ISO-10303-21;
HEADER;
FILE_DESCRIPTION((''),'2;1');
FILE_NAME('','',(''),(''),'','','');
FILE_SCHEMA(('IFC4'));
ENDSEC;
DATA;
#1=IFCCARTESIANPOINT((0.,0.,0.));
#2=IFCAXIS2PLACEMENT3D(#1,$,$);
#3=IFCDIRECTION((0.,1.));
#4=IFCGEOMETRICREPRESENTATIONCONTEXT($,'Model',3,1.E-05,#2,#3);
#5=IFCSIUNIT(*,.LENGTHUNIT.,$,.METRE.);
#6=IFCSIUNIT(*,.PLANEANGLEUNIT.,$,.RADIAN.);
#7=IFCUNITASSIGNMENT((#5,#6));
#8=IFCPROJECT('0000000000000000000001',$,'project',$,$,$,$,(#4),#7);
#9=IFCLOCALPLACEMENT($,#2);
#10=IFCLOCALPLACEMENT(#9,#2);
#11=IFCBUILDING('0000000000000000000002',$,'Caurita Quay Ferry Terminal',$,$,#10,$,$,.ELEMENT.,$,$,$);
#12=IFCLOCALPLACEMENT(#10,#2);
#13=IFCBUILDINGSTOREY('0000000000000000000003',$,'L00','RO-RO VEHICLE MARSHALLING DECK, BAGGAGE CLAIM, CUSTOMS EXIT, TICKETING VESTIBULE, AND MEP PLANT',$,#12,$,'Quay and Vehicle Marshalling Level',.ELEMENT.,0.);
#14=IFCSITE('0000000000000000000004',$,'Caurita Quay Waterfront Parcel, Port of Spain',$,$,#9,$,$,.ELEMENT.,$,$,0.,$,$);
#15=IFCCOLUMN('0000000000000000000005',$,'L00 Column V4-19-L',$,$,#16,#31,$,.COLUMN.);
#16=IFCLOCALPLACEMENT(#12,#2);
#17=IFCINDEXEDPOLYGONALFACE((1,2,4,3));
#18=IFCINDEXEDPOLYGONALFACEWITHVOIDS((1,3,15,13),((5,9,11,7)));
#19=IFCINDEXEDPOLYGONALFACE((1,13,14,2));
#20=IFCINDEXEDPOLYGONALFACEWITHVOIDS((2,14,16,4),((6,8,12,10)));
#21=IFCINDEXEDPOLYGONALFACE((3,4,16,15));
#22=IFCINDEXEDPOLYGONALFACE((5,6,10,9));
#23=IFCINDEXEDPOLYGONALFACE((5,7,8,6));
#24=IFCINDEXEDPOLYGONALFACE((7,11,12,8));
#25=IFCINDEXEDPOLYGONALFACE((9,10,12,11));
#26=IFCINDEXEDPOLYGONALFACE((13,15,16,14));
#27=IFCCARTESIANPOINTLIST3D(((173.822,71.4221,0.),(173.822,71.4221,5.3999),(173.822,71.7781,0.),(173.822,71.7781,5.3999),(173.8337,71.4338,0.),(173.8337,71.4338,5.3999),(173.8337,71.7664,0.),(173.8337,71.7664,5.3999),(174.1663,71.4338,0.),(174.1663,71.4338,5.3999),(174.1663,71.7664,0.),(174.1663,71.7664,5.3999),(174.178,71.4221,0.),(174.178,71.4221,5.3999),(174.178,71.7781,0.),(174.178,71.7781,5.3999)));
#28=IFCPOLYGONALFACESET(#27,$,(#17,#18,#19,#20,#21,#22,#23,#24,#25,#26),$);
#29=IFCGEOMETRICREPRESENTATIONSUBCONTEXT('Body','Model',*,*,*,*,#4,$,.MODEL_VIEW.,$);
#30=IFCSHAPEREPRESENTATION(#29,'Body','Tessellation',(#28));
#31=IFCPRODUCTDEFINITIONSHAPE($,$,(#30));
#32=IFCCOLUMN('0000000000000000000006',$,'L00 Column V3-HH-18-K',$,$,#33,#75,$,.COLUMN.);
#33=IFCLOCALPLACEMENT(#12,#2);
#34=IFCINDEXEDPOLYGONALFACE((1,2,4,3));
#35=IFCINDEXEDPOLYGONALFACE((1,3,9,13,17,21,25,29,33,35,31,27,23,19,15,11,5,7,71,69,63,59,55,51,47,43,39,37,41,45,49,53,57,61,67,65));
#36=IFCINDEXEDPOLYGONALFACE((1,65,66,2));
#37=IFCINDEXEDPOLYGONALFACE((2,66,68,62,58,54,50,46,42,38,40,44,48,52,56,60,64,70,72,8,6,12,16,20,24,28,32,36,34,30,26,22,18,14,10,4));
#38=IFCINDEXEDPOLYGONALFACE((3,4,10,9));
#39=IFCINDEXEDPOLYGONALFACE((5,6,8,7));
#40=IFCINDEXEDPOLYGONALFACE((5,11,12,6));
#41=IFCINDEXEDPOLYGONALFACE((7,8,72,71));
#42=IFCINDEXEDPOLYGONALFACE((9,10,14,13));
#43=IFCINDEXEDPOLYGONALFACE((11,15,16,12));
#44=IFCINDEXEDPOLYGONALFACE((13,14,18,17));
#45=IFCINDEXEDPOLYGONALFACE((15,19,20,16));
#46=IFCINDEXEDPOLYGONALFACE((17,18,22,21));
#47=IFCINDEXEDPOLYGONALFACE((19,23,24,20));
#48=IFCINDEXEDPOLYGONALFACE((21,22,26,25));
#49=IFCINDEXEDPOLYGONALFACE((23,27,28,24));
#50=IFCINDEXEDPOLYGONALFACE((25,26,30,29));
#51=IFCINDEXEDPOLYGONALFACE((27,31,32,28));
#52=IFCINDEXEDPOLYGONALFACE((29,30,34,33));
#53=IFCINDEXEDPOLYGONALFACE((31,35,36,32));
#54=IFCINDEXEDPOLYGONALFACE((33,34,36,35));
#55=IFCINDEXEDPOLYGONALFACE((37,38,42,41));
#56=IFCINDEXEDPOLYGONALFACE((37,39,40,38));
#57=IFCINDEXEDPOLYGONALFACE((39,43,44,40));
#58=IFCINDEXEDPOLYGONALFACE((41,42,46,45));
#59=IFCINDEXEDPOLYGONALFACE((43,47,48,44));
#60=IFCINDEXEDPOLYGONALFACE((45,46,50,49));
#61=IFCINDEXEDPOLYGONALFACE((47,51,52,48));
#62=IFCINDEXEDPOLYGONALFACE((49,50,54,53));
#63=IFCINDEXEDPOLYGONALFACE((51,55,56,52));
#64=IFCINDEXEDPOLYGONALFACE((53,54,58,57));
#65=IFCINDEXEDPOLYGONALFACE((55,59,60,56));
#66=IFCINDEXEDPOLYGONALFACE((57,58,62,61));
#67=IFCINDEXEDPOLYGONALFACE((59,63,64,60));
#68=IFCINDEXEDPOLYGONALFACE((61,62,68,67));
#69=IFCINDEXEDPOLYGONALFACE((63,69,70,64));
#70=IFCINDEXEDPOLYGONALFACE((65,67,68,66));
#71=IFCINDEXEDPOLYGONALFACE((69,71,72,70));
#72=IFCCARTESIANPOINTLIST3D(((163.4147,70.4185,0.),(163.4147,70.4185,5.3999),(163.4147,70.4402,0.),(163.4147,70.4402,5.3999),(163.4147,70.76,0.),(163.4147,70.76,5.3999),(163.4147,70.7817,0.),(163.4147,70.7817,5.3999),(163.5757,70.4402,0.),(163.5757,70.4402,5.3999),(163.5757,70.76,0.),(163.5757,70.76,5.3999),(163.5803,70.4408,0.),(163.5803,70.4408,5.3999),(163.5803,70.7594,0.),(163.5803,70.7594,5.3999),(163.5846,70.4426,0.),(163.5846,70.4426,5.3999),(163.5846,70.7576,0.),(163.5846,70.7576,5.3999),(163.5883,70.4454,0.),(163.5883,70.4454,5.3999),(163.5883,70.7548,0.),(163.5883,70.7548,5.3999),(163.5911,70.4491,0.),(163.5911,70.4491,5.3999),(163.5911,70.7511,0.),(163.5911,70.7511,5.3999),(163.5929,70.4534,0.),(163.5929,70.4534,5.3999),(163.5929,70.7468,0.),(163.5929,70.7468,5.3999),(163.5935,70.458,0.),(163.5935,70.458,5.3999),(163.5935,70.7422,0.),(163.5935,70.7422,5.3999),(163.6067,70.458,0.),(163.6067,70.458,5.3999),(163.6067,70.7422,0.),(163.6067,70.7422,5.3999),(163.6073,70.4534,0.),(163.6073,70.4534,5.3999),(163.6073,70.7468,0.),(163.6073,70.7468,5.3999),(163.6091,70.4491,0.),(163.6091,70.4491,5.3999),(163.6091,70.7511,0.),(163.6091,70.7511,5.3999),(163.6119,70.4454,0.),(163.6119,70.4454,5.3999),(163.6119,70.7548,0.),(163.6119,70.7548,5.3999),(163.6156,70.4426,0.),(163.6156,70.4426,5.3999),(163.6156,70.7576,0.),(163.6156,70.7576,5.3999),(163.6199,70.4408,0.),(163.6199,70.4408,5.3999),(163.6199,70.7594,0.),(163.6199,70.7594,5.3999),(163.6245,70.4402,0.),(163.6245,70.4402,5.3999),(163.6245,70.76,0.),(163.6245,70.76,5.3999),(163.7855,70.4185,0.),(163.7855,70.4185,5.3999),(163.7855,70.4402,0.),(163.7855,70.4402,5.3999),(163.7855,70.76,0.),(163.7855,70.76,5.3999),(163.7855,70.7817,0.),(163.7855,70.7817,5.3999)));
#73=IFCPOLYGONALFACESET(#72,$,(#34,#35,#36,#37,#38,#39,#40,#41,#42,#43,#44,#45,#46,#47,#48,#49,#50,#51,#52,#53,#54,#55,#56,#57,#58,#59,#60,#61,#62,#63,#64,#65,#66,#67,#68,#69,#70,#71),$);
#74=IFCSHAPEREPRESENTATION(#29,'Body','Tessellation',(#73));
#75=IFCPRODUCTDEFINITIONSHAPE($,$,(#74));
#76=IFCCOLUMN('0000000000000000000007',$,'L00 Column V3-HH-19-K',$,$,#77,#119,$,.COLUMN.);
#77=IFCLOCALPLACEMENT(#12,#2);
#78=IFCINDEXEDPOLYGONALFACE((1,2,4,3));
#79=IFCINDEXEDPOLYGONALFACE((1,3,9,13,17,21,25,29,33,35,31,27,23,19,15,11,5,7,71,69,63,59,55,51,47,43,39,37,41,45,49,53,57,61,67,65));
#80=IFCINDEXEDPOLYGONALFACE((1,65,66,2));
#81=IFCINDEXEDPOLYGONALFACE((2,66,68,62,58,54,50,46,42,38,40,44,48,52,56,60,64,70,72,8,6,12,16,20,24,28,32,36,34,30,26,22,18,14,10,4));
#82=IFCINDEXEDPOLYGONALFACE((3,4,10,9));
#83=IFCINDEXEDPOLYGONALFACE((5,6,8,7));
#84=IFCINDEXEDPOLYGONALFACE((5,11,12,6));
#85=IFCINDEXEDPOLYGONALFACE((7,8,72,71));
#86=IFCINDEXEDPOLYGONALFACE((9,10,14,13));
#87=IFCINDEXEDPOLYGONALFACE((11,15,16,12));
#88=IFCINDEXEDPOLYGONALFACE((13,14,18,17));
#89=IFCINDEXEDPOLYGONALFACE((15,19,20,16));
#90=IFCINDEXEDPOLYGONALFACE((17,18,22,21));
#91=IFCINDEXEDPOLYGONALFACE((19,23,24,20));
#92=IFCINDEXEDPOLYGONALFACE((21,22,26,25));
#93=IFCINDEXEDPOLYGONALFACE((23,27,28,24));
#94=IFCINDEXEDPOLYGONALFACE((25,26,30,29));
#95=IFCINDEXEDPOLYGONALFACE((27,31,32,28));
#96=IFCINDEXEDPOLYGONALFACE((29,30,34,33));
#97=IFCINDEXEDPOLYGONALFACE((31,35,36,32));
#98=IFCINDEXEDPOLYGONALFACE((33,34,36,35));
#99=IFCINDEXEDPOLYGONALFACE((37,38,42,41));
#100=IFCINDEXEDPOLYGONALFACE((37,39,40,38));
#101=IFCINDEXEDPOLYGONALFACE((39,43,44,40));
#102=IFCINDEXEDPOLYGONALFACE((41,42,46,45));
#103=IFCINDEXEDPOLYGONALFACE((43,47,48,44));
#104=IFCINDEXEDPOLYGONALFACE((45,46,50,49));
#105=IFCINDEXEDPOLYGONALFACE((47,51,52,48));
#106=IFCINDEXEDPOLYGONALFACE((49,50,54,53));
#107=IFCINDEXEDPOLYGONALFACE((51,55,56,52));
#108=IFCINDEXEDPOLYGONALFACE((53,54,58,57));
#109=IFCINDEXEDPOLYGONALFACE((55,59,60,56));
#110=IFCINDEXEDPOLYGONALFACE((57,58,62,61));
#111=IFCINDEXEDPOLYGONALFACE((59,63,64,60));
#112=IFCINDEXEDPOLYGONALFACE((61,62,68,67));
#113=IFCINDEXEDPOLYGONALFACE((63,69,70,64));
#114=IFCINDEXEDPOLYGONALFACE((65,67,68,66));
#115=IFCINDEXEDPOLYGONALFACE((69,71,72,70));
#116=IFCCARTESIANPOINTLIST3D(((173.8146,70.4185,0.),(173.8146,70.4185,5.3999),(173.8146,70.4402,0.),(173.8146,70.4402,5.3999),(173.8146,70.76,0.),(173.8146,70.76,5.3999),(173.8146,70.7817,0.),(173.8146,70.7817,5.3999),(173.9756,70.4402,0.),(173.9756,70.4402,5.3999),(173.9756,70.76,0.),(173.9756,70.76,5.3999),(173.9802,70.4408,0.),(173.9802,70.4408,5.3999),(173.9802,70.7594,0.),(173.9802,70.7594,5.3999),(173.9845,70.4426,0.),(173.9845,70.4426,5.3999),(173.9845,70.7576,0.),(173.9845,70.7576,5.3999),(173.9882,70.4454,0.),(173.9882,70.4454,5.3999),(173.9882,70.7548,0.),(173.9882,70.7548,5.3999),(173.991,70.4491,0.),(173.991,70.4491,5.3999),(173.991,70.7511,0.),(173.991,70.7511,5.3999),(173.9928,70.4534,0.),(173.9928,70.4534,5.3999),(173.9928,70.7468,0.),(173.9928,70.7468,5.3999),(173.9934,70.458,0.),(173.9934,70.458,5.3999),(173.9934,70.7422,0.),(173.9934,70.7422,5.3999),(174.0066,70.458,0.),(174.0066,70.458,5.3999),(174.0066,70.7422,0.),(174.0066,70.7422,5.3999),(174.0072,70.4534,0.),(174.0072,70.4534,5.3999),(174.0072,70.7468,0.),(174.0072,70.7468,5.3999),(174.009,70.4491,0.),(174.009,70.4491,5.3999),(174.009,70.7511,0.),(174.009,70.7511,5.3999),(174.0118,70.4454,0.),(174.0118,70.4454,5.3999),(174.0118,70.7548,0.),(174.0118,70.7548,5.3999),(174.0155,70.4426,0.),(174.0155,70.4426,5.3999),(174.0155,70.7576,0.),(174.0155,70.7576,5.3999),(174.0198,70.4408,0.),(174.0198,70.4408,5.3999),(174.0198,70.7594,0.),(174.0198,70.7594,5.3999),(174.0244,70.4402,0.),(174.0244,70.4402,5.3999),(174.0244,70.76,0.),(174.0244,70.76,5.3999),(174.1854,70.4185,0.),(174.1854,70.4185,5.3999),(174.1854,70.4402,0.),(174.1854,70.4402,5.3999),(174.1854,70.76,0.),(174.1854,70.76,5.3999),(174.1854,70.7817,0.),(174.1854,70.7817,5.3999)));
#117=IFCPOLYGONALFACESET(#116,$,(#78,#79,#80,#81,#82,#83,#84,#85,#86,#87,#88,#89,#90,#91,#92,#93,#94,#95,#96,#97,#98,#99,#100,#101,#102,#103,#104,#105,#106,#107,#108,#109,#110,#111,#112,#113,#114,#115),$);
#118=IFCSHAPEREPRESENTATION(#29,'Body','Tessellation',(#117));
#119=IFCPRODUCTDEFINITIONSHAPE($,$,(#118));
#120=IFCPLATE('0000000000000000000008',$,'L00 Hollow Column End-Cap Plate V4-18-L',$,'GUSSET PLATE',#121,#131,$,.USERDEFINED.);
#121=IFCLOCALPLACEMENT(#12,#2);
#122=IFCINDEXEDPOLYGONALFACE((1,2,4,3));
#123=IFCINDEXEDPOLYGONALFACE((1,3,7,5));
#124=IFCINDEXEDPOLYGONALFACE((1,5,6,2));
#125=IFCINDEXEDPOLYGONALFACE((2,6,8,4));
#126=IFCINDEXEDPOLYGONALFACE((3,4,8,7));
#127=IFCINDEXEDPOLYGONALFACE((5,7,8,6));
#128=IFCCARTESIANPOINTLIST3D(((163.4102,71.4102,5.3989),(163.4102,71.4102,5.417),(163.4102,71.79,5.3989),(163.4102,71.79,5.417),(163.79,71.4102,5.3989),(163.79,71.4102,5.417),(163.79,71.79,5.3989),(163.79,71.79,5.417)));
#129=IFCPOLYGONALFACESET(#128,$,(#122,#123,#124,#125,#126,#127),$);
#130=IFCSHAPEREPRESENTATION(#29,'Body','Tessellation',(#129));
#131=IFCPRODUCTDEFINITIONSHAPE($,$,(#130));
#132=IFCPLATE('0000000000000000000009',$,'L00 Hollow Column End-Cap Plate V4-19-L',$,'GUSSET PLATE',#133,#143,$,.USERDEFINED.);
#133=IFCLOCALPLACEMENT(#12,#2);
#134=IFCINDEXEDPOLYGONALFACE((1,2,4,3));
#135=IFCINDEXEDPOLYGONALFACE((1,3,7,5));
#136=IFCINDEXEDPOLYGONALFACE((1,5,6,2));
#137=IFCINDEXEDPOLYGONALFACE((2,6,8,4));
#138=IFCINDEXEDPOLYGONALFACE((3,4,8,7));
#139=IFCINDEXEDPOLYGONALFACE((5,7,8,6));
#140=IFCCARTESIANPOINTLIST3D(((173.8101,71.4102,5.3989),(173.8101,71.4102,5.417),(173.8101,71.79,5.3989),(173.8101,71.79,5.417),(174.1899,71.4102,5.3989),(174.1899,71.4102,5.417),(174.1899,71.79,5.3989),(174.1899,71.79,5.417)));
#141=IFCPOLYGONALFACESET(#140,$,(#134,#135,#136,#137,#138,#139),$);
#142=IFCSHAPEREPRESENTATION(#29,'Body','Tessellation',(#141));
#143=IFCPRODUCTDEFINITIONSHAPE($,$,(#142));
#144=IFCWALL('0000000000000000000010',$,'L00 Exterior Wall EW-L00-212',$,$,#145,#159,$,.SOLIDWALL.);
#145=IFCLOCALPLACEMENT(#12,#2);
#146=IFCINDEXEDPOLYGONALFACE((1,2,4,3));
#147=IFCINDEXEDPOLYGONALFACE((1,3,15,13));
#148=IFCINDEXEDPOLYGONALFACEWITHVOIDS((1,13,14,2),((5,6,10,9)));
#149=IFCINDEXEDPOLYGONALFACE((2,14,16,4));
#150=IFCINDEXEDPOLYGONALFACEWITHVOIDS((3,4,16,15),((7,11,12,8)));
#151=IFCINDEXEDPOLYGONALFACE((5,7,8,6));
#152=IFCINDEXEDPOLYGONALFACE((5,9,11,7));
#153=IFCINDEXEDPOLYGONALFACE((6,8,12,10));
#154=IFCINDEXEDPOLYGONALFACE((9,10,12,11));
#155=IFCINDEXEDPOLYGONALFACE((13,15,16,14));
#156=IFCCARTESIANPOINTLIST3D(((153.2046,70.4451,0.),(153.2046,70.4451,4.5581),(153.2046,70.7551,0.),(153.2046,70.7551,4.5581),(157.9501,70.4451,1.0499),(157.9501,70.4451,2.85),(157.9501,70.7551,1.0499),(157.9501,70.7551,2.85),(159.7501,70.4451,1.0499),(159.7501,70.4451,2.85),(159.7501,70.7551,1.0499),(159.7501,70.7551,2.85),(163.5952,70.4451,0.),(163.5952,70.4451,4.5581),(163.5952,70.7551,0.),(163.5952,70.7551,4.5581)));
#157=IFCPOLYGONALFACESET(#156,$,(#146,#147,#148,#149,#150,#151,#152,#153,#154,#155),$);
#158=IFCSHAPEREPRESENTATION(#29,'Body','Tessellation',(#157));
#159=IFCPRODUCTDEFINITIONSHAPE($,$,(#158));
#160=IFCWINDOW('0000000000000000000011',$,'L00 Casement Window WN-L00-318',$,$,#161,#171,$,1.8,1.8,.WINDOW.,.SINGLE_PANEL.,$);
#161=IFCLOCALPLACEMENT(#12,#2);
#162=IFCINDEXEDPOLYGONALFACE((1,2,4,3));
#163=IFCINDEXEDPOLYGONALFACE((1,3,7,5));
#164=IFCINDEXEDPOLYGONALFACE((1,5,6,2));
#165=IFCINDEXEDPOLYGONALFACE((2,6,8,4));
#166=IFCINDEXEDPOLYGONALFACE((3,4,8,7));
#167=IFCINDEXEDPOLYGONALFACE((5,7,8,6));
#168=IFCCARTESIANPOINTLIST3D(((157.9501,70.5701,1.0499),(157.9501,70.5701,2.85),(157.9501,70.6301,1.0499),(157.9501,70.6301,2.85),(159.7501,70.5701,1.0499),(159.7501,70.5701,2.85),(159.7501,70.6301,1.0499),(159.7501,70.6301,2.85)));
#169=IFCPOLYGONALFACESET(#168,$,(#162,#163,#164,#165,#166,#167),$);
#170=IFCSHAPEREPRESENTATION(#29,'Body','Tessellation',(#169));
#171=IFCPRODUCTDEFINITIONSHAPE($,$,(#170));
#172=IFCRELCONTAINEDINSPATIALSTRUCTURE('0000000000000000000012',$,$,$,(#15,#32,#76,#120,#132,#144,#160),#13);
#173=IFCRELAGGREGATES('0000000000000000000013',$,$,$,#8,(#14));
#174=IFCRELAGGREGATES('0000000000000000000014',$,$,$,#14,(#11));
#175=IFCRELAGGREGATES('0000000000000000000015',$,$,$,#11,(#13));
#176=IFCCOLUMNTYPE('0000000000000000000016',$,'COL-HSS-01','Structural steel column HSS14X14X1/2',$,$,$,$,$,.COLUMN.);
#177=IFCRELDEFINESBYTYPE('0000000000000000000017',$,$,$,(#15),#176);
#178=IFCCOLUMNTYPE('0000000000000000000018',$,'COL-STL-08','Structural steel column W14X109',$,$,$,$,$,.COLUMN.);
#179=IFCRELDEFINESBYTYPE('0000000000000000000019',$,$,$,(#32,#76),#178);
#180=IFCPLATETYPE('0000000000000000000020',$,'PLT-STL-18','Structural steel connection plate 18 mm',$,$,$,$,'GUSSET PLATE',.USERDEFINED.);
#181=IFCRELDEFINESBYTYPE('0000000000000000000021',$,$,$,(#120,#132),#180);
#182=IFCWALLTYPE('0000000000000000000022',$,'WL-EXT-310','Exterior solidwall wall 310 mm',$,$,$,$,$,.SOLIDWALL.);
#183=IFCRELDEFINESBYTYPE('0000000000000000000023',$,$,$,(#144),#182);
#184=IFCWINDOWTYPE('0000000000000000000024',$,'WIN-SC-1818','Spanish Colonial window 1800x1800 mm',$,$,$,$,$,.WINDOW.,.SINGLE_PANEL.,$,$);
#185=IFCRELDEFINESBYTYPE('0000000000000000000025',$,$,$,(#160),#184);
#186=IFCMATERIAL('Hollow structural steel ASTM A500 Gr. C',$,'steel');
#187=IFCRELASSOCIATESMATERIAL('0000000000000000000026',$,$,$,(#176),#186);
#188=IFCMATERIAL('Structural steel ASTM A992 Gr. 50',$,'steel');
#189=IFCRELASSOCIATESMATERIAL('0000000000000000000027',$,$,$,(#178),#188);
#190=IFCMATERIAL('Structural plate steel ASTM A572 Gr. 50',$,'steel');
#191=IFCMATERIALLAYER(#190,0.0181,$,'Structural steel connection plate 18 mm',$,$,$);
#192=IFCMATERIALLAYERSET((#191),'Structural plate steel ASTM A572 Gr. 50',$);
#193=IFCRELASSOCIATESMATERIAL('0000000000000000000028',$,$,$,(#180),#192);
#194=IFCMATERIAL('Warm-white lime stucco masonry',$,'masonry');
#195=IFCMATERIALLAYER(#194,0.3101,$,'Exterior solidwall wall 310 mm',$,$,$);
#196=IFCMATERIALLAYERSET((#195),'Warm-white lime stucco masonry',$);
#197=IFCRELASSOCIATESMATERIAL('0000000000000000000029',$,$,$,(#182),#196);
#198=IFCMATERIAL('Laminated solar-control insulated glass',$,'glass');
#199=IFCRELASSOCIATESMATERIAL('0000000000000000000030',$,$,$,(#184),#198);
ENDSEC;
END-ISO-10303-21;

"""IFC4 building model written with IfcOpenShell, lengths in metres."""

from ifc_helpers import new_model, si_unit, direction, frame, frame_2d, origin, origin_2d, place, context, subcontext, project, spatial, rectangle, hollow_rectangle, i_section, extrude, material, layer, layer_set, material_profile, profile_set, type_object, element, fill, save


model = new_model("IFC4")

# Units and contexts
model_context = context("Model", 3, precision=1e-05, world=origin(), true_north=direction((0.0, 1.0)))
body_context = subcontext(model_context, "Body", "Model", "MODEL_VIEW")
ifc_project = project(units=[si_unit("LENGTHUNIT", "METRE"), si_unit("PLANEANGLEUNIT", "RADIAN")], contexts=[model_context])

# Site, building, storey
site_placement = place(None, origin())
site = spatial("IfcSite", under=ifc_project, at=site_placement, Name="Caurita Quay Waterfront Parcel, Port of Spain", CompositionType="ELEMENT", RefElevation=0.0)
building_placement = place(site_placement, origin())
building = spatial("IfcBuilding", under=site, at=building_placement, Name="Caurita Quay Ferry Terminal", CompositionType="ELEMENT")
storey_placement = place(building_placement, origin())
storey = spatial("IfcBuildingStorey", under=building, at=storey_placement, Name="L00", Description="RO-RO VEHICLE MARSHALLING DECK, BAGGAGE CLAIM, CUSTOMS EXIT, TICKETING VESTIBULE, AND MEP PLANT", LongName="Quay and Vehicle Marshalling Level", CompositionType="ELEMENT", Elevation=0.0)

# Columns
ifc_material_1 = material(Name="Hollow structural steel ASTM A500 Gr. C", Category="steel")
ifc_material_profile_1 = material_profile(ifc_material_1, hollow_rectangle(XDim=0.356, YDim=0.356, WallThickness=0.0117, at=origin_2d()), Name="HSS14X14X1/2")
ifc_profile_set_1 = profile_set([ifc_material_profile_1], Name="Hollow structural steel ASTM A500 Gr. C")
column_type_1 = type_object("IfcColumnType", Name="COL-HSS-01", Description="Structural steel column HSS14X14X1/2", PredefinedType="COLUMN", material=ifc_profile_set_1)
for number, where, z_axis, x_axis, name in (
    (1, (174.0, 71.6001, 0.0), (0.0, 0.0, 1.0), (1.0, 0.0, 0.0), "L00 Column V4-19-L"),
):
    element("IfcColumn", number, at=place(storey_placement, frame(where, z_axis=z_axis, x_axis=x_axis)), inside=storey, type_object=column_type_1, Name=name, PredefinedType="COLUMN", context=body_context, shape_type="SweptSolid", body=[
        extrude(hollow_rectangle(XDim=0.356, YDim=0.356, WallThickness=0.0117, at=origin_2d()), origin(), (0.0, 0.0, 1.0), 5.3999),
    ])
ifc_material_2 = material(Name="Structural steel ASTM A992 Gr. 50", Category="steel")
ifc_material_profile_2 = material_profile(ifc_material_2, i_section(OverallWidth=0.3708, OverallDepth=0.3633, WebThickness=0.0132, FlangeThickness=0.0217, FilletRadius=0.0178, at=origin_2d()), Name="W14X109")
ifc_profile_set_2 = profile_set([ifc_material_profile_2], Name="Structural steel ASTM A992 Gr. 50")
column_type_2 = type_object("IfcColumnType", Name="COL-STL-08", Description="Structural steel column W14X109", PredefinedType="COLUMN", material=ifc_profile_set_2)
for number, where, z_axis, x_axis, name in (
    (2, (163.6001, 70.6001, 0.0), (0.0, 0.0, 1.0), (1.0, 0.0, 0.0), "L00 Column V3-HH-18-K"),
    (3, (174.0, 70.6001, 0.0), (0.0, 0.0, 1.0), (1.0, 0.0, 0.0), "L00 Column V3-HH-19-K"),
):
    element("IfcColumn", number, at=place(storey_placement, frame(where, z_axis=z_axis, x_axis=x_axis)), inside=storey, type_object=column_type_2, Name=name, PredefinedType="COLUMN", context=body_context, shape_type="SweptSolid", body=[
        extrude(i_section(OverallWidth=0.3708, OverallDepth=0.3633, WebThickness=0.0132, FlangeThickness=0.0217, FilletRadius=0.0178, at=origin_2d()), origin(), (0.0, 0.0, 1.0), 5.3999),
    ])

# Plates
ifc_material_3 = material(Name="Structural plate steel ASTM A572 Gr. 50", Category="steel")
ifc_layer_1 = layer(ifc_material_3, 0.0181, Name="Structural steel connection plate 18 mm")
ifc_layer_set_1 = layer_set([ifc_layer_1], Name="Structural plate steel ASTM A572 Gr. 50")
plate_type = type_object("IfcPlateType", Name="PLT-STL-18", Description="Structural steel connection plate 18 mm", ElementType="GUSSET PLATE", PredefinedType="USERDEFINED", material=ifc_layer_set_1)
for number, where, z_axis, x_axis, name in (
    (4, (163.6001, 71.6001, 5.3989), (0.0, 0.0, 1.0), (1.0, 0.0, 0.0), "L00 Hollow Column End-Cap Plate V4-18-L"),
    (5, (174.0, 71.6001, 5.3989), (0.0, 0.0, 1.0), (1.0, 0.0, 0.0), "L00 Hollow Column End-Cap Plate V4-19-L"),
):
    element("IfcPlate", number, at=place(storey_placement, frame(where, z_axis=z_axis, x_axis=x_axis)), inside=storey, type_object=plate_type, Name=name, ObjectType="GUSSET PLATE", PredefinedType="USERDEFINED", context=body_context, shape_type="SweptSolid", body=[
        extrude(rectangle(XDim=0.3799, YDim=0.3799, at=origin_2d()), origin(), (0.0, 0.0, 1.0), 0.0181),
    ])

# Wall, opening, window
ifc_material_4 = material(Name="Warm-white lime stucco masonry", Category="masonry")
ifc_layer_2 = layer(ifc_material_4, 0.3101, Name="Exterior solidwall wall 310 mm")
ifc_layer_set_2 = layer_set([ifc_layer_2], Name="Warm-white lime stucco masonry")
wall_type_1 = type_object("IfcWallType", Name="WL-EXT-310", Description="Exterior solidwall wall 310 mm", PredefinedType="SOLIDWALL", material=ifc_layer_set_2)
wall_1_placement = place(storey_placement, frame((163.5952, 70.6001, 0.0), z_axis=(0.0, 0.0, 1.0), x_axis=(-1.0, 0.0, 0.0)))
wall_1 = element("IfcWall", 6, at=wall_1_placement, inside=storey, type_object=wall_type_1, Name="L00 Exterior Wall EW-L00-212", PredefinedType="SOLIDWALL", context=body_context, shape_type="SweptSolid", body=[
    extrude(rectangle(XDim=10.3906, YDim=0.3101, at=frame_2d((5.1953, 0.0))), origin(), (0.0, 0.0, 1.0), 4.5581),
])
opening_1_placement = place(wall_1_placement, frame((3.8452, 0.0, 1.05)))
opening_1 = element("IfcOpeningElement", 7, at=opening_1_placement, cuts=wall_1, PredefinedType="OPENING", context=body_context, shape_type="SweptSolid", body=[
    extrude(rectangle(XDim=1.8, YDim=1.8, at=frame_2d((0.8999, 0.8999))), frame((0.0, 0.165, 0.0), z_axis=(0.0, -1.0, 0.0), x_axis=(1.0, 0.0, 0.0)), (0.0, 0.0, 1.0), 0.3301),
])
ifc_material_5 = material(Name="Laminated solar-control insulated glass", Category="glass")
window_type_1 = type_object("IfcWindowType", Name="WIN-SC-1818", Description="Spanish Colonial window 1800x1800 mm", PartitioningType="SINGLE_PANEL", PredefinedType="WINDOW", material=ifc_material_5)
window_1_placement = place(opening_1_placement, origin())
window_1 = element("IfcWindow", 8, at=window_1_placement, inside=storey, type_object=window_type_1, Name="L00 Casement Window WN-L00-318", OverallHeight=1.8, OverallWidth=1.8, PartitioningType="SINGLE_PANEL", PredefinedType="WINDOW", context=body_context, shape_type="SweptSolid", body=[
    extrude(rectangle(XDim=1.8, YDim=1.8, at=frame_2d((0.8999, 0.8999))), frame((0.0, 0.03, 0.0), z_axis=(0.0, -1.0, 0.0), x_axis=(1.0, 0.0, 0.0)), (0.0, 0.0, 1.0), 0.0601),
])
fill(opening_1, window_1)

save(model, "model.ifc")
